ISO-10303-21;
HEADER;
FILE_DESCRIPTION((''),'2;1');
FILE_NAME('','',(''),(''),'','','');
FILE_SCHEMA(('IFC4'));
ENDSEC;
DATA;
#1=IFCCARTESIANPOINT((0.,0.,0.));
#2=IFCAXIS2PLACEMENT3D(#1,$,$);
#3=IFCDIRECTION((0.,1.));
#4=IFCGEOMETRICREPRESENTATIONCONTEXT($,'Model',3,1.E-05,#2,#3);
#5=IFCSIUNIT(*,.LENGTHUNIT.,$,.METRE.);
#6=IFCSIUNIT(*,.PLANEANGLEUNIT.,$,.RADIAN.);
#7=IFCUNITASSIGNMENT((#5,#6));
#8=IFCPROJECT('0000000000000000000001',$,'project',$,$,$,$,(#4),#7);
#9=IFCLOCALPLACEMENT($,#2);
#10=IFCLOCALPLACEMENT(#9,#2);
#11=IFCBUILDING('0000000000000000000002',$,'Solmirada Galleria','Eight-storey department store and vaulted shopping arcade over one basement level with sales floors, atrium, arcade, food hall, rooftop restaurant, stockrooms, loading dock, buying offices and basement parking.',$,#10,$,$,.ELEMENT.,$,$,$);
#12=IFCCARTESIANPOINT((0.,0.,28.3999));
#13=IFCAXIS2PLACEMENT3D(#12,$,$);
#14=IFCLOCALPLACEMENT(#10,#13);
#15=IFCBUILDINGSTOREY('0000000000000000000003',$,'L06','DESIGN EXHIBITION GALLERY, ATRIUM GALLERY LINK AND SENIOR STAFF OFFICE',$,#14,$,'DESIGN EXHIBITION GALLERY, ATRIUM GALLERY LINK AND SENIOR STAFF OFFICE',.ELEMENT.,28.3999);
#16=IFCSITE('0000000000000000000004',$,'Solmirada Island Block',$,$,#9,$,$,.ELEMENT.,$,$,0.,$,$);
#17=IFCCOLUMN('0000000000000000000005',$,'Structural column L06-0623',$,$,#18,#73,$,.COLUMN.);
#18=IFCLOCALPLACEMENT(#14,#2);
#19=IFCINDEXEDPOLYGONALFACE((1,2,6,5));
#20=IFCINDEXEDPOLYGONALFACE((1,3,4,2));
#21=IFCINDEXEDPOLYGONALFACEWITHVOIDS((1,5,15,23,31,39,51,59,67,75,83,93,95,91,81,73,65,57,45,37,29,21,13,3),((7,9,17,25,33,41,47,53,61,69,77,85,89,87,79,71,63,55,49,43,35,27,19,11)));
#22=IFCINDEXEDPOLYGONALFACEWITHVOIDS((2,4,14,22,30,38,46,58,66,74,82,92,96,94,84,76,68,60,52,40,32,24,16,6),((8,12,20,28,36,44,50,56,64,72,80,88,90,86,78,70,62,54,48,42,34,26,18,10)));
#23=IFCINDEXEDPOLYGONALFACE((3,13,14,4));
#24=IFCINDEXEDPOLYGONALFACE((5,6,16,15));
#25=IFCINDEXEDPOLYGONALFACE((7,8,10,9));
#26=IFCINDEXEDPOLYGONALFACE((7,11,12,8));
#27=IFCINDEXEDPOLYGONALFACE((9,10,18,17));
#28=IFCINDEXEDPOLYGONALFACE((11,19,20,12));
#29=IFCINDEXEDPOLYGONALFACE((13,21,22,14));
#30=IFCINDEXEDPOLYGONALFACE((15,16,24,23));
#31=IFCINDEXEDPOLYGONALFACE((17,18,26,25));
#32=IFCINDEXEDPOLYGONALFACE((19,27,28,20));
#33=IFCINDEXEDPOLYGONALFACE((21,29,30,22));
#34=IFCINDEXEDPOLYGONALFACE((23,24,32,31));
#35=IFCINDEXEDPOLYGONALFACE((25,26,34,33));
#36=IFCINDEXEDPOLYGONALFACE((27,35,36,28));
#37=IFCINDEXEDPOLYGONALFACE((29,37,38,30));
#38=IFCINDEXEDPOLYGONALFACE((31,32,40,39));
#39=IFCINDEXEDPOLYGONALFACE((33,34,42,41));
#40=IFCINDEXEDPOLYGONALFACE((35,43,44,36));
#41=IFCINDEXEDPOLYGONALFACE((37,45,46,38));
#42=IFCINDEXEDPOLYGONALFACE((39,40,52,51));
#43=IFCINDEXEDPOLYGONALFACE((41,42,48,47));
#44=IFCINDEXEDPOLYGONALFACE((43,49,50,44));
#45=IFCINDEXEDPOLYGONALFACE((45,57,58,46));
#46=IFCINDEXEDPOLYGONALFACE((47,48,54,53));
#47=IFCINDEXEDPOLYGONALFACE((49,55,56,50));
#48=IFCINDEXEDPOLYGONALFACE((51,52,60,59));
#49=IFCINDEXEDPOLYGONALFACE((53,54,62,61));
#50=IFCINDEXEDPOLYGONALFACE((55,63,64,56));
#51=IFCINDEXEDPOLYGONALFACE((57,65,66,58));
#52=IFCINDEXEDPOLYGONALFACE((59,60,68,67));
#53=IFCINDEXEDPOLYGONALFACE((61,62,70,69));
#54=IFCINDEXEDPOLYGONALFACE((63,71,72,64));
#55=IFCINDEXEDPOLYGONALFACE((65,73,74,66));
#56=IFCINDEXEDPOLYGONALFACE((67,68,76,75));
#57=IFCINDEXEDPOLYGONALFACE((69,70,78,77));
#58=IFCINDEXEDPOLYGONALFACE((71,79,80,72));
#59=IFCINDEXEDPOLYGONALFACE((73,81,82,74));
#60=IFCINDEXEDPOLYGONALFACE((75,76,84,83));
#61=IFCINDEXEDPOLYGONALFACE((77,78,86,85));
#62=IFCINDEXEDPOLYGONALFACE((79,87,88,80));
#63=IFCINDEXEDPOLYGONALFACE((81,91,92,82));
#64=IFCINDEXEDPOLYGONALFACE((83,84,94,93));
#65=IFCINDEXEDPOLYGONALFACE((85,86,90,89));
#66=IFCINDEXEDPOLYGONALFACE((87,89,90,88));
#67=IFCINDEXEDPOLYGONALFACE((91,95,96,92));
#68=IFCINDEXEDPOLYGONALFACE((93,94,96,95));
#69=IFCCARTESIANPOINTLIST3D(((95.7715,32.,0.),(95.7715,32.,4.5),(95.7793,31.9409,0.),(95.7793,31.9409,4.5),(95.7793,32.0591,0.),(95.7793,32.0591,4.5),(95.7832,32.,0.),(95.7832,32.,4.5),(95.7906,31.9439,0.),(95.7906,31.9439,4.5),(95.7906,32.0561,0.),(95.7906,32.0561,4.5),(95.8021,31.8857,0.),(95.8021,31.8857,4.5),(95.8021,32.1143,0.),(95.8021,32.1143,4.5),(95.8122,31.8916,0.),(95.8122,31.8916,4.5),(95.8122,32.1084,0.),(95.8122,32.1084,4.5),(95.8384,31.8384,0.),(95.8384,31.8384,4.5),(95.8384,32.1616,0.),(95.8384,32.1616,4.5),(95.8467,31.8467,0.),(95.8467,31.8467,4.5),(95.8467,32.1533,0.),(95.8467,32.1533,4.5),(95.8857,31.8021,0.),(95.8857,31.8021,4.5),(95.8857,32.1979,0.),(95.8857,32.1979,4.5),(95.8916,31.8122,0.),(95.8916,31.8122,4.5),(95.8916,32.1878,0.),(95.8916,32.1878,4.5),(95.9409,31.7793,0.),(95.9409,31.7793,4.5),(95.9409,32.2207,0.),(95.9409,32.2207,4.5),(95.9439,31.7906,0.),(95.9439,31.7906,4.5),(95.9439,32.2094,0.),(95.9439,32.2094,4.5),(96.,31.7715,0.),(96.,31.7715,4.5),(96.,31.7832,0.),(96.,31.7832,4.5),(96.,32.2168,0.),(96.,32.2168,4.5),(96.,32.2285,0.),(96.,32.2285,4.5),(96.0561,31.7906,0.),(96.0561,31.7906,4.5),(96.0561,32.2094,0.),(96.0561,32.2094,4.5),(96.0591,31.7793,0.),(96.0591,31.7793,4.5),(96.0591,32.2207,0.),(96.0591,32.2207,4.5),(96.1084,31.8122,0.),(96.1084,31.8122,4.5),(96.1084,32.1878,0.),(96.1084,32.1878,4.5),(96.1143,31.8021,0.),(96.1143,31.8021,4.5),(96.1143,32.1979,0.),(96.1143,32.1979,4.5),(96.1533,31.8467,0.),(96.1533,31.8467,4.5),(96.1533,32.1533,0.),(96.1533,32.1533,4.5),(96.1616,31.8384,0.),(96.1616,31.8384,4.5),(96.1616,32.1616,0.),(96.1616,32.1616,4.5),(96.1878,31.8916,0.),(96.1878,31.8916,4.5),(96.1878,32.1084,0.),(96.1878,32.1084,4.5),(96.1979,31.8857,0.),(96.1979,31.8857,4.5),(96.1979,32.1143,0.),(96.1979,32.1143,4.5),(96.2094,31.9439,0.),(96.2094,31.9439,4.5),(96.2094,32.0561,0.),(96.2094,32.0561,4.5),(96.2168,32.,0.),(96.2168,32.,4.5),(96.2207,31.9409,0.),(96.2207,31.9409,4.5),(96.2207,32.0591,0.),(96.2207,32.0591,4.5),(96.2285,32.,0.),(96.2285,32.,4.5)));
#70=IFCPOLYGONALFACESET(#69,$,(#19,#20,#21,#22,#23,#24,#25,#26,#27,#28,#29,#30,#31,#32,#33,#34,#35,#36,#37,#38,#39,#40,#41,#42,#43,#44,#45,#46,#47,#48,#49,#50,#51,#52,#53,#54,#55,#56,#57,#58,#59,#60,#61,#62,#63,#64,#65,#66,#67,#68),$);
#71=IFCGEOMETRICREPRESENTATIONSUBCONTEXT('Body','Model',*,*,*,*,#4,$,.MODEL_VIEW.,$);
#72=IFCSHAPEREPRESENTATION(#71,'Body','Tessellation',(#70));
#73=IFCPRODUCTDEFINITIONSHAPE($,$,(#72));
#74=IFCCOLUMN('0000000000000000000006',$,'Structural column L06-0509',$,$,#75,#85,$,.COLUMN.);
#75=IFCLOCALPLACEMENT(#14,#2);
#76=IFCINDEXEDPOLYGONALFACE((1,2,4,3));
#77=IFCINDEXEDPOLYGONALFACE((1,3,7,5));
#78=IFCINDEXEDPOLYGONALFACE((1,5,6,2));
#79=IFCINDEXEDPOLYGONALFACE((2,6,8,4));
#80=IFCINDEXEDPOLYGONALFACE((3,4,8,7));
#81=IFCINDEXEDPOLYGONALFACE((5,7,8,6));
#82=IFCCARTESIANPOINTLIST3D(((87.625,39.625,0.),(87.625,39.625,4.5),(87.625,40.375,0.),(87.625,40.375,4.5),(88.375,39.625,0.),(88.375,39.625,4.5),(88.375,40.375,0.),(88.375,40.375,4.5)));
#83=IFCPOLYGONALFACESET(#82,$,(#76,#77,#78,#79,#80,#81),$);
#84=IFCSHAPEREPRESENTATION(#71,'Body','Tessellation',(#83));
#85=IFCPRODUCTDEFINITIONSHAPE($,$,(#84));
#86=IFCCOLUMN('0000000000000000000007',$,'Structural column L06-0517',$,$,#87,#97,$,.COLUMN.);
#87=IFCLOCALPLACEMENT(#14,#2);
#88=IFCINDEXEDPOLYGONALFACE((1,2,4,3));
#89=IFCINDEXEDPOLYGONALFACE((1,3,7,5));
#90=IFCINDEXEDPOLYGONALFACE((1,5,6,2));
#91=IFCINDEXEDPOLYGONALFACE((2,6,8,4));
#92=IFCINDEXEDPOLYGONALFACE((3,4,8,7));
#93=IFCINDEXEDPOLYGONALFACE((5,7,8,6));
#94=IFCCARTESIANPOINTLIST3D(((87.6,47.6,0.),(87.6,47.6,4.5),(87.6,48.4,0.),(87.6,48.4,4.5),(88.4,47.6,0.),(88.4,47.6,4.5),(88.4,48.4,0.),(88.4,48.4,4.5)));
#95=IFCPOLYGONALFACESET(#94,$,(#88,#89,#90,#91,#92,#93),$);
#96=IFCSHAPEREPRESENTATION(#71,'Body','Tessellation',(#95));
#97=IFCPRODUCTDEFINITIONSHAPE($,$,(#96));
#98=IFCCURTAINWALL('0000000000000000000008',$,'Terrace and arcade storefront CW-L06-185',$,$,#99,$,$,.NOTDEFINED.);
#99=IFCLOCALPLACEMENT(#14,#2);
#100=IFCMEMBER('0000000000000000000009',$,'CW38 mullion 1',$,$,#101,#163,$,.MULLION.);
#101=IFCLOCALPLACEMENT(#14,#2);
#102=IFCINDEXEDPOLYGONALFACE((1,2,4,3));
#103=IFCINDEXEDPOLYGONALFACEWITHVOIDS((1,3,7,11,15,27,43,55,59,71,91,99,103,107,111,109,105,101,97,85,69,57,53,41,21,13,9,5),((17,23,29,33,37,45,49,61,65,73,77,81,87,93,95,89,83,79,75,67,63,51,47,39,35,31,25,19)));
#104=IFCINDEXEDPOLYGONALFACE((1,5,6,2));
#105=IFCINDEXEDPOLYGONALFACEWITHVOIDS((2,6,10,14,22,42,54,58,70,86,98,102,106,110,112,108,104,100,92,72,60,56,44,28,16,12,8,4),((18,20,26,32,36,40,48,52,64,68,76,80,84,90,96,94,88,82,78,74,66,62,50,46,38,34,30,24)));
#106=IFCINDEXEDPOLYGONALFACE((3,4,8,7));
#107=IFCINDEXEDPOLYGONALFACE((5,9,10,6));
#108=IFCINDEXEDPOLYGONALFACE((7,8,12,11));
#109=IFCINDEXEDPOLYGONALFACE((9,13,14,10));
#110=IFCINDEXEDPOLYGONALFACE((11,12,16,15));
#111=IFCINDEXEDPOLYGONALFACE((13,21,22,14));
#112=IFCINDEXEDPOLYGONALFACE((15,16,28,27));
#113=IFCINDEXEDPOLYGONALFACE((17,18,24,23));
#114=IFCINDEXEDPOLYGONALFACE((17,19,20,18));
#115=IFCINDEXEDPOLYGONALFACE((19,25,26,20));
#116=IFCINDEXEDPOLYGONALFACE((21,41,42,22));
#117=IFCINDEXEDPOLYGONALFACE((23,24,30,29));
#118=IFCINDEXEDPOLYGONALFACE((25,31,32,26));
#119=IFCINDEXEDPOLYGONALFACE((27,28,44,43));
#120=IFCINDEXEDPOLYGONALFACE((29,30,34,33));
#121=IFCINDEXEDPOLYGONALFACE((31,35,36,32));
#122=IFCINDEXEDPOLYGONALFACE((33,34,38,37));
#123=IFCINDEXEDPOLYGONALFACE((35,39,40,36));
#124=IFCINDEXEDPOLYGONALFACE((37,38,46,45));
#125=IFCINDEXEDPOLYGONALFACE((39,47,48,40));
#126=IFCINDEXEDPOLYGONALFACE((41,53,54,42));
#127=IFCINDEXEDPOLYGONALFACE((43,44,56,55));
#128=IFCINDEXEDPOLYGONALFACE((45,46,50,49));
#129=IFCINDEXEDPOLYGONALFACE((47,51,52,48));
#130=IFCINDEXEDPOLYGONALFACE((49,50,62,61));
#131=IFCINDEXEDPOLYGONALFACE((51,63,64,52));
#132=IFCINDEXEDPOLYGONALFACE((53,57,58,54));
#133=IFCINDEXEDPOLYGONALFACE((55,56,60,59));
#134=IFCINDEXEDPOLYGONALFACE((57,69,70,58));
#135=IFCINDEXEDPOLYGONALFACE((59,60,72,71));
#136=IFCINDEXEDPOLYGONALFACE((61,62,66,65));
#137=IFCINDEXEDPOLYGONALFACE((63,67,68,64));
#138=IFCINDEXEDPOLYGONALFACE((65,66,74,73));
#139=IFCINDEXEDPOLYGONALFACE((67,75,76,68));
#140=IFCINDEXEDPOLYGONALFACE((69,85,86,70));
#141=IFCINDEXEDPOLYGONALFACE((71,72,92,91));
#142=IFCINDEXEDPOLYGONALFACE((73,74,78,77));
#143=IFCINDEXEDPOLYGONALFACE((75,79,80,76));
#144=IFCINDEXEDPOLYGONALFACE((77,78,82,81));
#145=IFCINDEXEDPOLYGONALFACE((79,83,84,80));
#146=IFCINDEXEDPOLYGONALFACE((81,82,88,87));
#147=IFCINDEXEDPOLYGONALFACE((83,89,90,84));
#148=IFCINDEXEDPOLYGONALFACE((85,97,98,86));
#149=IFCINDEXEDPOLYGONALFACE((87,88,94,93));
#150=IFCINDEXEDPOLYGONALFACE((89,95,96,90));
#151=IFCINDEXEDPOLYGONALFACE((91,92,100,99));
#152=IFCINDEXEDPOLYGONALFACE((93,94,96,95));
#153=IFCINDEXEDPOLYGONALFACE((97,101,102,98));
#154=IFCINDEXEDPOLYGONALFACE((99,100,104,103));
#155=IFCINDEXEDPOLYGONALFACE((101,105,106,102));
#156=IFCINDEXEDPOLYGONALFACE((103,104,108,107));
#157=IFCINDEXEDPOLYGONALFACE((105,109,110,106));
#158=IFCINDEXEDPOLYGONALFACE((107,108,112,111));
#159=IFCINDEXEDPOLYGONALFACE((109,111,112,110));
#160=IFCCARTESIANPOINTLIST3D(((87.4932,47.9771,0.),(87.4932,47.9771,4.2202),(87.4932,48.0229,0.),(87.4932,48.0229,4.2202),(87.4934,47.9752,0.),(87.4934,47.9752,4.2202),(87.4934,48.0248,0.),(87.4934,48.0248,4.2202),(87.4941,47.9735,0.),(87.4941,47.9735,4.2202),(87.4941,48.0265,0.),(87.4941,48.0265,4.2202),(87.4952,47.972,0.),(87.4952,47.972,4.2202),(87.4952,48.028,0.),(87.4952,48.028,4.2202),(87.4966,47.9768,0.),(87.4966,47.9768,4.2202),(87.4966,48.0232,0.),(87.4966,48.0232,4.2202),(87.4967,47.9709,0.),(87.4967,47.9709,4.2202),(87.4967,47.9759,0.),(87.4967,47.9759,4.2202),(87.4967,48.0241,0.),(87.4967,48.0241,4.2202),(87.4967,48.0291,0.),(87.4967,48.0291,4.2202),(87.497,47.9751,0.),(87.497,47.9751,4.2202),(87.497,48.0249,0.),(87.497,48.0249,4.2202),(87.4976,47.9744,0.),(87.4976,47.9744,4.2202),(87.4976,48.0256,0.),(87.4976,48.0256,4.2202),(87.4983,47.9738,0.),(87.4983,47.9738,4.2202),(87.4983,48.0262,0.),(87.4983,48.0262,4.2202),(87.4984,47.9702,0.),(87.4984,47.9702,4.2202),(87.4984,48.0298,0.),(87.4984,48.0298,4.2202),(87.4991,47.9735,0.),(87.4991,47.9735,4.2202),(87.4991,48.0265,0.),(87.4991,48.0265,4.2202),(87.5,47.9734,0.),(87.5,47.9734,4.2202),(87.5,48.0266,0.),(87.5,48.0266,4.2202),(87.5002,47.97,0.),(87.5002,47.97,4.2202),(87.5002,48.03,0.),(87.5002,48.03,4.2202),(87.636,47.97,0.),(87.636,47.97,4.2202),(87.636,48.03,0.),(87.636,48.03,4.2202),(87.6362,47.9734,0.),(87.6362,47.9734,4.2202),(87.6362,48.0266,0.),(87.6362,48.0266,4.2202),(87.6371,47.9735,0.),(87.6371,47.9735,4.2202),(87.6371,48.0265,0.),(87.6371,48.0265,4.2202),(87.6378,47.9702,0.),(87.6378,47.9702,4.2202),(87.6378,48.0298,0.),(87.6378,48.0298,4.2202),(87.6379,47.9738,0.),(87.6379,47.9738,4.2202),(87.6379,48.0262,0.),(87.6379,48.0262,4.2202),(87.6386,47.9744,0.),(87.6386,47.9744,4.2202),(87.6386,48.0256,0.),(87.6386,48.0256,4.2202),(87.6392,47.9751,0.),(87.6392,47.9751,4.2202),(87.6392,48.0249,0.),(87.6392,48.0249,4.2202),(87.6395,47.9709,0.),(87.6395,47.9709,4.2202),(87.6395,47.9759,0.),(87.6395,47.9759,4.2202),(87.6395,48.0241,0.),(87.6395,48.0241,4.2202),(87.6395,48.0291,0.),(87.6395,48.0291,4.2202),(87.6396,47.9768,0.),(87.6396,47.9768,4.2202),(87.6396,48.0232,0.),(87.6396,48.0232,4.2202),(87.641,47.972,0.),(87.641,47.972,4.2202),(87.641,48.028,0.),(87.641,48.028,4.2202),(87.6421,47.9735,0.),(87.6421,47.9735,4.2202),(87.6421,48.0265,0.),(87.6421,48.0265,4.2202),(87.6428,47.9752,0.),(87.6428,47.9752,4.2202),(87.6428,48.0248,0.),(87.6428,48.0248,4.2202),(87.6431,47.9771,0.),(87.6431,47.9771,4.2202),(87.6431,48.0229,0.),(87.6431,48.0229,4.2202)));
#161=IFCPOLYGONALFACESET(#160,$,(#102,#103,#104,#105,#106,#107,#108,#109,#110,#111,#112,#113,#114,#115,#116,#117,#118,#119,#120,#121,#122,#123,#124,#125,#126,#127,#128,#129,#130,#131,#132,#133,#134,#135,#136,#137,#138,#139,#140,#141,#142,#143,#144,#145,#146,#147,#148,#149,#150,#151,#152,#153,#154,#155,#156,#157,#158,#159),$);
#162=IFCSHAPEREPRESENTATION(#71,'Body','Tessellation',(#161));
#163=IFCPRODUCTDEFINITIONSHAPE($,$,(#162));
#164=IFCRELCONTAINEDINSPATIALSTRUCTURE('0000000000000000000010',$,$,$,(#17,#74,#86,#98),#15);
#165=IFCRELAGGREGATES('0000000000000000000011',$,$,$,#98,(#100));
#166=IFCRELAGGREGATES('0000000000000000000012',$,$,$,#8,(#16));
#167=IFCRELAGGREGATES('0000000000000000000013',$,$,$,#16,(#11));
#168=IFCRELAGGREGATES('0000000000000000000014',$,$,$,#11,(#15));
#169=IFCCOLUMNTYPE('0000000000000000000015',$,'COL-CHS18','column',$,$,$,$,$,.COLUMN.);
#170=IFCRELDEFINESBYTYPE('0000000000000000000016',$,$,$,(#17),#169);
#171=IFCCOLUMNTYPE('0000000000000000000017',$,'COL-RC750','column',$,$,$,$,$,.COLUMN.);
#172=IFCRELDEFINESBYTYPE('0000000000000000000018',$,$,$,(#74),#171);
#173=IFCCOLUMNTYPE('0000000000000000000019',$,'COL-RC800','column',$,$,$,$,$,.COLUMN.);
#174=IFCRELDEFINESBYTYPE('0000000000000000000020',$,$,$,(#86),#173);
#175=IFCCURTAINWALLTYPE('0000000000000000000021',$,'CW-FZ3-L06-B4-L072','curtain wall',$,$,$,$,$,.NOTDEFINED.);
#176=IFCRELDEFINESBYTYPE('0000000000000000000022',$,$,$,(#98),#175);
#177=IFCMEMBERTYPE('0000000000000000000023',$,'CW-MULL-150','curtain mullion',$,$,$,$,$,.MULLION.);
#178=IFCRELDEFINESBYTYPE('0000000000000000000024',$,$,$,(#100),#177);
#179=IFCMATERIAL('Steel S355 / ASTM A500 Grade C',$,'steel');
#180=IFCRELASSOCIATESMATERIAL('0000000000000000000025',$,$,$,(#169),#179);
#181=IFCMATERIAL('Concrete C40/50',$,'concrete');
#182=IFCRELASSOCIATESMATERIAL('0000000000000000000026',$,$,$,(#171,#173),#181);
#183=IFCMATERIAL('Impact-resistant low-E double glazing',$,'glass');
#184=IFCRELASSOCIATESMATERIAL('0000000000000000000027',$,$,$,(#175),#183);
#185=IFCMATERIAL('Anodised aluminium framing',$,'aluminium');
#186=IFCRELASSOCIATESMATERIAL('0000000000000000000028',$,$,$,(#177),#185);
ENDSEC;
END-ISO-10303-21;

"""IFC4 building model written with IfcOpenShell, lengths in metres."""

from ifc_helpers import new_model, si_unit, direction, frame, origin, origin_2d, place, context, subcontext, project, spatial, rectangle, hollow_rectangle, hollow_circle, extrude, material, material_profile, profile_set, type_object, element, aggregate, save


model = new_model("IFC4")

# Units and contexts
model_context = context("Model", 3, precision=1e-05, world=origin(), true_north=direction((0.0, 1.0)))
body_context = subcontext(model_context, "Body", "Model", "MODEL_VIEW")
ifc_project = project(units=[si_unit("LENGTHUNIT", "METRE"), si_unit("PLANEANGLEUNIT", "RADIAN")], contexts=[model_context])

# Site, building, storey
site_placement = place(None, origin())
site = spatial("IfcSite", under=ifc_project, at=site_placement, Name="Solmirada Island Block", CompositionType="ELEMENT", RefElevation=0.0)
building_placement = place(site_placement, origin())
building = spatial("IfcBuilding", under=site, at=building_placement, Name="Solmirada Galleria", Description="Eight-storey department store and vaulted shopping arcade over one basement level with sales floors, atrium, arcade, food hall, rooftop restaurant, stockrooms, loading dock, buying offices and basement parking.", CompositionType="ELEMENT")
storey_placement = place(building_placement, frame((0.0, 0.0, 28.3999)))
storey = spatial("IfcBuildingStorey", under=building, at=storey_placement, Name="L06", Description="DESIGN EXHIBITION GALLERY, ATRIUM GALLERY LINK AND SENIOR STAFF OFFICE", LongName="DESIGN EXHIBITION GALLERY, ATRIUM GALLERY LINK AND SENIOR STAFF OFFICE", CompositionType="ELEMENT", Elevation=28.3999)

# Columns
ifc_material_1 = material(Name="Steel S355 / ASTM A500 Grade C", Category="steel")
ifc_material_profile_1 = material_profile(ifc_material_1, hollow_circle(Radius=0.2285, WallThickness=0.0117, at=origin_2d()), Name="HSS18.000X0.500")
ifc_profile_set_1 = profile_set([ifc_material_profile_1], Name="Steel S355 / ASTM A500 Grade C")
column_type_1 = type_object("IfcColumnType", Name="COL-CHS18", Description="column", PredefinedType="COLUMN", material=ifc_profile_set_1)
column_1_placement = place(storey_placement, frame((96.0, 32.0, 0.0), z_axis=(0.0, 0.0, 1.0), x_axis=(1.0, 0.0, 0.0)))
element("IfcColumn", 1, at=column_1_placement, inside=storey, type_object=column_type_1, Name="Structural column L06-0623", PredefinedType="COLUMN", context=body_context, shape_type="SweptSolid", body=[
    extrude(hollow_circle(Radius=0.2285, WallThickness=0.0117, at=origin_2d()), origin(), (0.0, 0.0, 1.0), 4.5),
])
ifc_material_2 = material(Name="Concrete C40/50", Category="concrete")
ifc_material_profile_2 = material_profile(ifc_material_2, rectangle(XDim=0.75, YDim=0.75, at=origin_2d()), Name="RC750X750")
ifc_profile_set_2 = profile_set([ifc_material_profile_2], Name="Concrete C40/50")
column_type_2 = type_object("IfcColumnType", Name="COL-RC750", Description="column", PredefinedType="COLUMN", material=ifc_profile_set_2)
column_2_placement = place(storey_placement, frame((88.0, 40.0, 0.0), z_axis=(0.0, 0.0, 1.0), x_axis=(1.0, 0.0, 0.0)))
element("IfcColumn", 2, at=column_2_placement, inside=storey, type_object=column_type_2, Name="Structural column L06-0509", PredefinedType="COLUMN", context=body_context, shape_type="SweptSolid", body=[
    extrude(rectangle(XDim=0.75, YDim=0.75, at=origin_2d()), origin(), (0.0, 0.0, 1.0), 4.5),
])
ifc_material_profile_3 = material_profile(ifc_material_2, rectangle(XDim=0.8, YDim=0.8, at=origin_2d()), Name="RC800X800")
ifc_profile_set_3 = profile_set([ifc_material_profile_3], Name="Concrete C40/50")
column_type_3 = type_object("IfcColumnType", Name="COL-RC800", Description="column", PredefinedType="COLUMN", material=ifc_profile_set_3)
column_3_placement = place(storey_placement, frame((88.0, 48.0, 0.0), z_axis=(0.0, 0.0, 1.0), x_axis=(1.0, 0.0, 0.0)))
element("IfcColumn", 3, at=column_3_placement, inside=storey, type_object=column_type_3, Name="Structural column L06-0517", PredefinedType="COLUMN", context=body_context, shape_type="SweptSolid", body=[
    extrude(rectangle(XDim=0.8, YDim=0.8, at=origin_2d()), origin(), (0.0, 0.0, 1.0), 4.5),
])

# Curtain wall, member
ifc_material_3 = material(Name="Impact-resistant low-E double glazing", Category="glass")
curtain_wall_type = type_object("IfcCurtainWallType", Name="CW-FZ3-L06-B4-L072", Description="curtain wall", PredefinedType="NOTDEFINED", material=ifc_material_3)
curtain_wall_placement = place(storey_placement, origin())
curtain_wall = element("IfcCurtainWall", 4, at=curtain_wall_placement, inside=storey, type_object=curtain_wall_type, Name="Terrace and arcade storefront CW-L06-185", PredefinedType="NOTDEFINED")
ifc_material_4 = material(Name="Anodised aluminium framing", Category="aluminium")
ifc_material_profile_4 = material_profile(ifc_material_4, hollow_rectangle(XDim=0.0601, YDim=0.1499, WallThickness=0.0034, InnerFilletRadius=0.0034, OuterFilletRadius=0.0071, at=origin_2d()), Name="ALU-MULL-150X60")
ifc_profile_set_4 = profile_set([ifc_material_profile_4], Name="Anodised aluminium framing")
member_type_1 = type_object("IfcMemberType", Name="CW-MULL-150", Description="curtain mullion", PredefinedType="MULLION", material=ifc_profile_set_4)
member_1_placement = place(storey_placement, frame((87.5681, 48.0, 0.0), z_axis=(0.0, 0.0, 1.0), x_axis=(0.0, -1.0, 0.0)))
member_1 = element("IfcMember", 5, at=member_1_placement, type_object=member_type_1, Name="CW38 mullion 1", PredefinedType="MULLION", context=body_context, shape_type="SweptSolid", body=[
    extrude(hollow_rectangle(XDim=0.0601, YDim=0.1499, WallThickness=0.0034, InnerFilletRadius=0.0034, OuterFilletRadius=0.0071, at=origin_2d()), origin(), (0.0, 0.0, 1.0), 4.2202),
])
aggregate(curtain_wall, [member_1])

save(model, "model.ifc")
